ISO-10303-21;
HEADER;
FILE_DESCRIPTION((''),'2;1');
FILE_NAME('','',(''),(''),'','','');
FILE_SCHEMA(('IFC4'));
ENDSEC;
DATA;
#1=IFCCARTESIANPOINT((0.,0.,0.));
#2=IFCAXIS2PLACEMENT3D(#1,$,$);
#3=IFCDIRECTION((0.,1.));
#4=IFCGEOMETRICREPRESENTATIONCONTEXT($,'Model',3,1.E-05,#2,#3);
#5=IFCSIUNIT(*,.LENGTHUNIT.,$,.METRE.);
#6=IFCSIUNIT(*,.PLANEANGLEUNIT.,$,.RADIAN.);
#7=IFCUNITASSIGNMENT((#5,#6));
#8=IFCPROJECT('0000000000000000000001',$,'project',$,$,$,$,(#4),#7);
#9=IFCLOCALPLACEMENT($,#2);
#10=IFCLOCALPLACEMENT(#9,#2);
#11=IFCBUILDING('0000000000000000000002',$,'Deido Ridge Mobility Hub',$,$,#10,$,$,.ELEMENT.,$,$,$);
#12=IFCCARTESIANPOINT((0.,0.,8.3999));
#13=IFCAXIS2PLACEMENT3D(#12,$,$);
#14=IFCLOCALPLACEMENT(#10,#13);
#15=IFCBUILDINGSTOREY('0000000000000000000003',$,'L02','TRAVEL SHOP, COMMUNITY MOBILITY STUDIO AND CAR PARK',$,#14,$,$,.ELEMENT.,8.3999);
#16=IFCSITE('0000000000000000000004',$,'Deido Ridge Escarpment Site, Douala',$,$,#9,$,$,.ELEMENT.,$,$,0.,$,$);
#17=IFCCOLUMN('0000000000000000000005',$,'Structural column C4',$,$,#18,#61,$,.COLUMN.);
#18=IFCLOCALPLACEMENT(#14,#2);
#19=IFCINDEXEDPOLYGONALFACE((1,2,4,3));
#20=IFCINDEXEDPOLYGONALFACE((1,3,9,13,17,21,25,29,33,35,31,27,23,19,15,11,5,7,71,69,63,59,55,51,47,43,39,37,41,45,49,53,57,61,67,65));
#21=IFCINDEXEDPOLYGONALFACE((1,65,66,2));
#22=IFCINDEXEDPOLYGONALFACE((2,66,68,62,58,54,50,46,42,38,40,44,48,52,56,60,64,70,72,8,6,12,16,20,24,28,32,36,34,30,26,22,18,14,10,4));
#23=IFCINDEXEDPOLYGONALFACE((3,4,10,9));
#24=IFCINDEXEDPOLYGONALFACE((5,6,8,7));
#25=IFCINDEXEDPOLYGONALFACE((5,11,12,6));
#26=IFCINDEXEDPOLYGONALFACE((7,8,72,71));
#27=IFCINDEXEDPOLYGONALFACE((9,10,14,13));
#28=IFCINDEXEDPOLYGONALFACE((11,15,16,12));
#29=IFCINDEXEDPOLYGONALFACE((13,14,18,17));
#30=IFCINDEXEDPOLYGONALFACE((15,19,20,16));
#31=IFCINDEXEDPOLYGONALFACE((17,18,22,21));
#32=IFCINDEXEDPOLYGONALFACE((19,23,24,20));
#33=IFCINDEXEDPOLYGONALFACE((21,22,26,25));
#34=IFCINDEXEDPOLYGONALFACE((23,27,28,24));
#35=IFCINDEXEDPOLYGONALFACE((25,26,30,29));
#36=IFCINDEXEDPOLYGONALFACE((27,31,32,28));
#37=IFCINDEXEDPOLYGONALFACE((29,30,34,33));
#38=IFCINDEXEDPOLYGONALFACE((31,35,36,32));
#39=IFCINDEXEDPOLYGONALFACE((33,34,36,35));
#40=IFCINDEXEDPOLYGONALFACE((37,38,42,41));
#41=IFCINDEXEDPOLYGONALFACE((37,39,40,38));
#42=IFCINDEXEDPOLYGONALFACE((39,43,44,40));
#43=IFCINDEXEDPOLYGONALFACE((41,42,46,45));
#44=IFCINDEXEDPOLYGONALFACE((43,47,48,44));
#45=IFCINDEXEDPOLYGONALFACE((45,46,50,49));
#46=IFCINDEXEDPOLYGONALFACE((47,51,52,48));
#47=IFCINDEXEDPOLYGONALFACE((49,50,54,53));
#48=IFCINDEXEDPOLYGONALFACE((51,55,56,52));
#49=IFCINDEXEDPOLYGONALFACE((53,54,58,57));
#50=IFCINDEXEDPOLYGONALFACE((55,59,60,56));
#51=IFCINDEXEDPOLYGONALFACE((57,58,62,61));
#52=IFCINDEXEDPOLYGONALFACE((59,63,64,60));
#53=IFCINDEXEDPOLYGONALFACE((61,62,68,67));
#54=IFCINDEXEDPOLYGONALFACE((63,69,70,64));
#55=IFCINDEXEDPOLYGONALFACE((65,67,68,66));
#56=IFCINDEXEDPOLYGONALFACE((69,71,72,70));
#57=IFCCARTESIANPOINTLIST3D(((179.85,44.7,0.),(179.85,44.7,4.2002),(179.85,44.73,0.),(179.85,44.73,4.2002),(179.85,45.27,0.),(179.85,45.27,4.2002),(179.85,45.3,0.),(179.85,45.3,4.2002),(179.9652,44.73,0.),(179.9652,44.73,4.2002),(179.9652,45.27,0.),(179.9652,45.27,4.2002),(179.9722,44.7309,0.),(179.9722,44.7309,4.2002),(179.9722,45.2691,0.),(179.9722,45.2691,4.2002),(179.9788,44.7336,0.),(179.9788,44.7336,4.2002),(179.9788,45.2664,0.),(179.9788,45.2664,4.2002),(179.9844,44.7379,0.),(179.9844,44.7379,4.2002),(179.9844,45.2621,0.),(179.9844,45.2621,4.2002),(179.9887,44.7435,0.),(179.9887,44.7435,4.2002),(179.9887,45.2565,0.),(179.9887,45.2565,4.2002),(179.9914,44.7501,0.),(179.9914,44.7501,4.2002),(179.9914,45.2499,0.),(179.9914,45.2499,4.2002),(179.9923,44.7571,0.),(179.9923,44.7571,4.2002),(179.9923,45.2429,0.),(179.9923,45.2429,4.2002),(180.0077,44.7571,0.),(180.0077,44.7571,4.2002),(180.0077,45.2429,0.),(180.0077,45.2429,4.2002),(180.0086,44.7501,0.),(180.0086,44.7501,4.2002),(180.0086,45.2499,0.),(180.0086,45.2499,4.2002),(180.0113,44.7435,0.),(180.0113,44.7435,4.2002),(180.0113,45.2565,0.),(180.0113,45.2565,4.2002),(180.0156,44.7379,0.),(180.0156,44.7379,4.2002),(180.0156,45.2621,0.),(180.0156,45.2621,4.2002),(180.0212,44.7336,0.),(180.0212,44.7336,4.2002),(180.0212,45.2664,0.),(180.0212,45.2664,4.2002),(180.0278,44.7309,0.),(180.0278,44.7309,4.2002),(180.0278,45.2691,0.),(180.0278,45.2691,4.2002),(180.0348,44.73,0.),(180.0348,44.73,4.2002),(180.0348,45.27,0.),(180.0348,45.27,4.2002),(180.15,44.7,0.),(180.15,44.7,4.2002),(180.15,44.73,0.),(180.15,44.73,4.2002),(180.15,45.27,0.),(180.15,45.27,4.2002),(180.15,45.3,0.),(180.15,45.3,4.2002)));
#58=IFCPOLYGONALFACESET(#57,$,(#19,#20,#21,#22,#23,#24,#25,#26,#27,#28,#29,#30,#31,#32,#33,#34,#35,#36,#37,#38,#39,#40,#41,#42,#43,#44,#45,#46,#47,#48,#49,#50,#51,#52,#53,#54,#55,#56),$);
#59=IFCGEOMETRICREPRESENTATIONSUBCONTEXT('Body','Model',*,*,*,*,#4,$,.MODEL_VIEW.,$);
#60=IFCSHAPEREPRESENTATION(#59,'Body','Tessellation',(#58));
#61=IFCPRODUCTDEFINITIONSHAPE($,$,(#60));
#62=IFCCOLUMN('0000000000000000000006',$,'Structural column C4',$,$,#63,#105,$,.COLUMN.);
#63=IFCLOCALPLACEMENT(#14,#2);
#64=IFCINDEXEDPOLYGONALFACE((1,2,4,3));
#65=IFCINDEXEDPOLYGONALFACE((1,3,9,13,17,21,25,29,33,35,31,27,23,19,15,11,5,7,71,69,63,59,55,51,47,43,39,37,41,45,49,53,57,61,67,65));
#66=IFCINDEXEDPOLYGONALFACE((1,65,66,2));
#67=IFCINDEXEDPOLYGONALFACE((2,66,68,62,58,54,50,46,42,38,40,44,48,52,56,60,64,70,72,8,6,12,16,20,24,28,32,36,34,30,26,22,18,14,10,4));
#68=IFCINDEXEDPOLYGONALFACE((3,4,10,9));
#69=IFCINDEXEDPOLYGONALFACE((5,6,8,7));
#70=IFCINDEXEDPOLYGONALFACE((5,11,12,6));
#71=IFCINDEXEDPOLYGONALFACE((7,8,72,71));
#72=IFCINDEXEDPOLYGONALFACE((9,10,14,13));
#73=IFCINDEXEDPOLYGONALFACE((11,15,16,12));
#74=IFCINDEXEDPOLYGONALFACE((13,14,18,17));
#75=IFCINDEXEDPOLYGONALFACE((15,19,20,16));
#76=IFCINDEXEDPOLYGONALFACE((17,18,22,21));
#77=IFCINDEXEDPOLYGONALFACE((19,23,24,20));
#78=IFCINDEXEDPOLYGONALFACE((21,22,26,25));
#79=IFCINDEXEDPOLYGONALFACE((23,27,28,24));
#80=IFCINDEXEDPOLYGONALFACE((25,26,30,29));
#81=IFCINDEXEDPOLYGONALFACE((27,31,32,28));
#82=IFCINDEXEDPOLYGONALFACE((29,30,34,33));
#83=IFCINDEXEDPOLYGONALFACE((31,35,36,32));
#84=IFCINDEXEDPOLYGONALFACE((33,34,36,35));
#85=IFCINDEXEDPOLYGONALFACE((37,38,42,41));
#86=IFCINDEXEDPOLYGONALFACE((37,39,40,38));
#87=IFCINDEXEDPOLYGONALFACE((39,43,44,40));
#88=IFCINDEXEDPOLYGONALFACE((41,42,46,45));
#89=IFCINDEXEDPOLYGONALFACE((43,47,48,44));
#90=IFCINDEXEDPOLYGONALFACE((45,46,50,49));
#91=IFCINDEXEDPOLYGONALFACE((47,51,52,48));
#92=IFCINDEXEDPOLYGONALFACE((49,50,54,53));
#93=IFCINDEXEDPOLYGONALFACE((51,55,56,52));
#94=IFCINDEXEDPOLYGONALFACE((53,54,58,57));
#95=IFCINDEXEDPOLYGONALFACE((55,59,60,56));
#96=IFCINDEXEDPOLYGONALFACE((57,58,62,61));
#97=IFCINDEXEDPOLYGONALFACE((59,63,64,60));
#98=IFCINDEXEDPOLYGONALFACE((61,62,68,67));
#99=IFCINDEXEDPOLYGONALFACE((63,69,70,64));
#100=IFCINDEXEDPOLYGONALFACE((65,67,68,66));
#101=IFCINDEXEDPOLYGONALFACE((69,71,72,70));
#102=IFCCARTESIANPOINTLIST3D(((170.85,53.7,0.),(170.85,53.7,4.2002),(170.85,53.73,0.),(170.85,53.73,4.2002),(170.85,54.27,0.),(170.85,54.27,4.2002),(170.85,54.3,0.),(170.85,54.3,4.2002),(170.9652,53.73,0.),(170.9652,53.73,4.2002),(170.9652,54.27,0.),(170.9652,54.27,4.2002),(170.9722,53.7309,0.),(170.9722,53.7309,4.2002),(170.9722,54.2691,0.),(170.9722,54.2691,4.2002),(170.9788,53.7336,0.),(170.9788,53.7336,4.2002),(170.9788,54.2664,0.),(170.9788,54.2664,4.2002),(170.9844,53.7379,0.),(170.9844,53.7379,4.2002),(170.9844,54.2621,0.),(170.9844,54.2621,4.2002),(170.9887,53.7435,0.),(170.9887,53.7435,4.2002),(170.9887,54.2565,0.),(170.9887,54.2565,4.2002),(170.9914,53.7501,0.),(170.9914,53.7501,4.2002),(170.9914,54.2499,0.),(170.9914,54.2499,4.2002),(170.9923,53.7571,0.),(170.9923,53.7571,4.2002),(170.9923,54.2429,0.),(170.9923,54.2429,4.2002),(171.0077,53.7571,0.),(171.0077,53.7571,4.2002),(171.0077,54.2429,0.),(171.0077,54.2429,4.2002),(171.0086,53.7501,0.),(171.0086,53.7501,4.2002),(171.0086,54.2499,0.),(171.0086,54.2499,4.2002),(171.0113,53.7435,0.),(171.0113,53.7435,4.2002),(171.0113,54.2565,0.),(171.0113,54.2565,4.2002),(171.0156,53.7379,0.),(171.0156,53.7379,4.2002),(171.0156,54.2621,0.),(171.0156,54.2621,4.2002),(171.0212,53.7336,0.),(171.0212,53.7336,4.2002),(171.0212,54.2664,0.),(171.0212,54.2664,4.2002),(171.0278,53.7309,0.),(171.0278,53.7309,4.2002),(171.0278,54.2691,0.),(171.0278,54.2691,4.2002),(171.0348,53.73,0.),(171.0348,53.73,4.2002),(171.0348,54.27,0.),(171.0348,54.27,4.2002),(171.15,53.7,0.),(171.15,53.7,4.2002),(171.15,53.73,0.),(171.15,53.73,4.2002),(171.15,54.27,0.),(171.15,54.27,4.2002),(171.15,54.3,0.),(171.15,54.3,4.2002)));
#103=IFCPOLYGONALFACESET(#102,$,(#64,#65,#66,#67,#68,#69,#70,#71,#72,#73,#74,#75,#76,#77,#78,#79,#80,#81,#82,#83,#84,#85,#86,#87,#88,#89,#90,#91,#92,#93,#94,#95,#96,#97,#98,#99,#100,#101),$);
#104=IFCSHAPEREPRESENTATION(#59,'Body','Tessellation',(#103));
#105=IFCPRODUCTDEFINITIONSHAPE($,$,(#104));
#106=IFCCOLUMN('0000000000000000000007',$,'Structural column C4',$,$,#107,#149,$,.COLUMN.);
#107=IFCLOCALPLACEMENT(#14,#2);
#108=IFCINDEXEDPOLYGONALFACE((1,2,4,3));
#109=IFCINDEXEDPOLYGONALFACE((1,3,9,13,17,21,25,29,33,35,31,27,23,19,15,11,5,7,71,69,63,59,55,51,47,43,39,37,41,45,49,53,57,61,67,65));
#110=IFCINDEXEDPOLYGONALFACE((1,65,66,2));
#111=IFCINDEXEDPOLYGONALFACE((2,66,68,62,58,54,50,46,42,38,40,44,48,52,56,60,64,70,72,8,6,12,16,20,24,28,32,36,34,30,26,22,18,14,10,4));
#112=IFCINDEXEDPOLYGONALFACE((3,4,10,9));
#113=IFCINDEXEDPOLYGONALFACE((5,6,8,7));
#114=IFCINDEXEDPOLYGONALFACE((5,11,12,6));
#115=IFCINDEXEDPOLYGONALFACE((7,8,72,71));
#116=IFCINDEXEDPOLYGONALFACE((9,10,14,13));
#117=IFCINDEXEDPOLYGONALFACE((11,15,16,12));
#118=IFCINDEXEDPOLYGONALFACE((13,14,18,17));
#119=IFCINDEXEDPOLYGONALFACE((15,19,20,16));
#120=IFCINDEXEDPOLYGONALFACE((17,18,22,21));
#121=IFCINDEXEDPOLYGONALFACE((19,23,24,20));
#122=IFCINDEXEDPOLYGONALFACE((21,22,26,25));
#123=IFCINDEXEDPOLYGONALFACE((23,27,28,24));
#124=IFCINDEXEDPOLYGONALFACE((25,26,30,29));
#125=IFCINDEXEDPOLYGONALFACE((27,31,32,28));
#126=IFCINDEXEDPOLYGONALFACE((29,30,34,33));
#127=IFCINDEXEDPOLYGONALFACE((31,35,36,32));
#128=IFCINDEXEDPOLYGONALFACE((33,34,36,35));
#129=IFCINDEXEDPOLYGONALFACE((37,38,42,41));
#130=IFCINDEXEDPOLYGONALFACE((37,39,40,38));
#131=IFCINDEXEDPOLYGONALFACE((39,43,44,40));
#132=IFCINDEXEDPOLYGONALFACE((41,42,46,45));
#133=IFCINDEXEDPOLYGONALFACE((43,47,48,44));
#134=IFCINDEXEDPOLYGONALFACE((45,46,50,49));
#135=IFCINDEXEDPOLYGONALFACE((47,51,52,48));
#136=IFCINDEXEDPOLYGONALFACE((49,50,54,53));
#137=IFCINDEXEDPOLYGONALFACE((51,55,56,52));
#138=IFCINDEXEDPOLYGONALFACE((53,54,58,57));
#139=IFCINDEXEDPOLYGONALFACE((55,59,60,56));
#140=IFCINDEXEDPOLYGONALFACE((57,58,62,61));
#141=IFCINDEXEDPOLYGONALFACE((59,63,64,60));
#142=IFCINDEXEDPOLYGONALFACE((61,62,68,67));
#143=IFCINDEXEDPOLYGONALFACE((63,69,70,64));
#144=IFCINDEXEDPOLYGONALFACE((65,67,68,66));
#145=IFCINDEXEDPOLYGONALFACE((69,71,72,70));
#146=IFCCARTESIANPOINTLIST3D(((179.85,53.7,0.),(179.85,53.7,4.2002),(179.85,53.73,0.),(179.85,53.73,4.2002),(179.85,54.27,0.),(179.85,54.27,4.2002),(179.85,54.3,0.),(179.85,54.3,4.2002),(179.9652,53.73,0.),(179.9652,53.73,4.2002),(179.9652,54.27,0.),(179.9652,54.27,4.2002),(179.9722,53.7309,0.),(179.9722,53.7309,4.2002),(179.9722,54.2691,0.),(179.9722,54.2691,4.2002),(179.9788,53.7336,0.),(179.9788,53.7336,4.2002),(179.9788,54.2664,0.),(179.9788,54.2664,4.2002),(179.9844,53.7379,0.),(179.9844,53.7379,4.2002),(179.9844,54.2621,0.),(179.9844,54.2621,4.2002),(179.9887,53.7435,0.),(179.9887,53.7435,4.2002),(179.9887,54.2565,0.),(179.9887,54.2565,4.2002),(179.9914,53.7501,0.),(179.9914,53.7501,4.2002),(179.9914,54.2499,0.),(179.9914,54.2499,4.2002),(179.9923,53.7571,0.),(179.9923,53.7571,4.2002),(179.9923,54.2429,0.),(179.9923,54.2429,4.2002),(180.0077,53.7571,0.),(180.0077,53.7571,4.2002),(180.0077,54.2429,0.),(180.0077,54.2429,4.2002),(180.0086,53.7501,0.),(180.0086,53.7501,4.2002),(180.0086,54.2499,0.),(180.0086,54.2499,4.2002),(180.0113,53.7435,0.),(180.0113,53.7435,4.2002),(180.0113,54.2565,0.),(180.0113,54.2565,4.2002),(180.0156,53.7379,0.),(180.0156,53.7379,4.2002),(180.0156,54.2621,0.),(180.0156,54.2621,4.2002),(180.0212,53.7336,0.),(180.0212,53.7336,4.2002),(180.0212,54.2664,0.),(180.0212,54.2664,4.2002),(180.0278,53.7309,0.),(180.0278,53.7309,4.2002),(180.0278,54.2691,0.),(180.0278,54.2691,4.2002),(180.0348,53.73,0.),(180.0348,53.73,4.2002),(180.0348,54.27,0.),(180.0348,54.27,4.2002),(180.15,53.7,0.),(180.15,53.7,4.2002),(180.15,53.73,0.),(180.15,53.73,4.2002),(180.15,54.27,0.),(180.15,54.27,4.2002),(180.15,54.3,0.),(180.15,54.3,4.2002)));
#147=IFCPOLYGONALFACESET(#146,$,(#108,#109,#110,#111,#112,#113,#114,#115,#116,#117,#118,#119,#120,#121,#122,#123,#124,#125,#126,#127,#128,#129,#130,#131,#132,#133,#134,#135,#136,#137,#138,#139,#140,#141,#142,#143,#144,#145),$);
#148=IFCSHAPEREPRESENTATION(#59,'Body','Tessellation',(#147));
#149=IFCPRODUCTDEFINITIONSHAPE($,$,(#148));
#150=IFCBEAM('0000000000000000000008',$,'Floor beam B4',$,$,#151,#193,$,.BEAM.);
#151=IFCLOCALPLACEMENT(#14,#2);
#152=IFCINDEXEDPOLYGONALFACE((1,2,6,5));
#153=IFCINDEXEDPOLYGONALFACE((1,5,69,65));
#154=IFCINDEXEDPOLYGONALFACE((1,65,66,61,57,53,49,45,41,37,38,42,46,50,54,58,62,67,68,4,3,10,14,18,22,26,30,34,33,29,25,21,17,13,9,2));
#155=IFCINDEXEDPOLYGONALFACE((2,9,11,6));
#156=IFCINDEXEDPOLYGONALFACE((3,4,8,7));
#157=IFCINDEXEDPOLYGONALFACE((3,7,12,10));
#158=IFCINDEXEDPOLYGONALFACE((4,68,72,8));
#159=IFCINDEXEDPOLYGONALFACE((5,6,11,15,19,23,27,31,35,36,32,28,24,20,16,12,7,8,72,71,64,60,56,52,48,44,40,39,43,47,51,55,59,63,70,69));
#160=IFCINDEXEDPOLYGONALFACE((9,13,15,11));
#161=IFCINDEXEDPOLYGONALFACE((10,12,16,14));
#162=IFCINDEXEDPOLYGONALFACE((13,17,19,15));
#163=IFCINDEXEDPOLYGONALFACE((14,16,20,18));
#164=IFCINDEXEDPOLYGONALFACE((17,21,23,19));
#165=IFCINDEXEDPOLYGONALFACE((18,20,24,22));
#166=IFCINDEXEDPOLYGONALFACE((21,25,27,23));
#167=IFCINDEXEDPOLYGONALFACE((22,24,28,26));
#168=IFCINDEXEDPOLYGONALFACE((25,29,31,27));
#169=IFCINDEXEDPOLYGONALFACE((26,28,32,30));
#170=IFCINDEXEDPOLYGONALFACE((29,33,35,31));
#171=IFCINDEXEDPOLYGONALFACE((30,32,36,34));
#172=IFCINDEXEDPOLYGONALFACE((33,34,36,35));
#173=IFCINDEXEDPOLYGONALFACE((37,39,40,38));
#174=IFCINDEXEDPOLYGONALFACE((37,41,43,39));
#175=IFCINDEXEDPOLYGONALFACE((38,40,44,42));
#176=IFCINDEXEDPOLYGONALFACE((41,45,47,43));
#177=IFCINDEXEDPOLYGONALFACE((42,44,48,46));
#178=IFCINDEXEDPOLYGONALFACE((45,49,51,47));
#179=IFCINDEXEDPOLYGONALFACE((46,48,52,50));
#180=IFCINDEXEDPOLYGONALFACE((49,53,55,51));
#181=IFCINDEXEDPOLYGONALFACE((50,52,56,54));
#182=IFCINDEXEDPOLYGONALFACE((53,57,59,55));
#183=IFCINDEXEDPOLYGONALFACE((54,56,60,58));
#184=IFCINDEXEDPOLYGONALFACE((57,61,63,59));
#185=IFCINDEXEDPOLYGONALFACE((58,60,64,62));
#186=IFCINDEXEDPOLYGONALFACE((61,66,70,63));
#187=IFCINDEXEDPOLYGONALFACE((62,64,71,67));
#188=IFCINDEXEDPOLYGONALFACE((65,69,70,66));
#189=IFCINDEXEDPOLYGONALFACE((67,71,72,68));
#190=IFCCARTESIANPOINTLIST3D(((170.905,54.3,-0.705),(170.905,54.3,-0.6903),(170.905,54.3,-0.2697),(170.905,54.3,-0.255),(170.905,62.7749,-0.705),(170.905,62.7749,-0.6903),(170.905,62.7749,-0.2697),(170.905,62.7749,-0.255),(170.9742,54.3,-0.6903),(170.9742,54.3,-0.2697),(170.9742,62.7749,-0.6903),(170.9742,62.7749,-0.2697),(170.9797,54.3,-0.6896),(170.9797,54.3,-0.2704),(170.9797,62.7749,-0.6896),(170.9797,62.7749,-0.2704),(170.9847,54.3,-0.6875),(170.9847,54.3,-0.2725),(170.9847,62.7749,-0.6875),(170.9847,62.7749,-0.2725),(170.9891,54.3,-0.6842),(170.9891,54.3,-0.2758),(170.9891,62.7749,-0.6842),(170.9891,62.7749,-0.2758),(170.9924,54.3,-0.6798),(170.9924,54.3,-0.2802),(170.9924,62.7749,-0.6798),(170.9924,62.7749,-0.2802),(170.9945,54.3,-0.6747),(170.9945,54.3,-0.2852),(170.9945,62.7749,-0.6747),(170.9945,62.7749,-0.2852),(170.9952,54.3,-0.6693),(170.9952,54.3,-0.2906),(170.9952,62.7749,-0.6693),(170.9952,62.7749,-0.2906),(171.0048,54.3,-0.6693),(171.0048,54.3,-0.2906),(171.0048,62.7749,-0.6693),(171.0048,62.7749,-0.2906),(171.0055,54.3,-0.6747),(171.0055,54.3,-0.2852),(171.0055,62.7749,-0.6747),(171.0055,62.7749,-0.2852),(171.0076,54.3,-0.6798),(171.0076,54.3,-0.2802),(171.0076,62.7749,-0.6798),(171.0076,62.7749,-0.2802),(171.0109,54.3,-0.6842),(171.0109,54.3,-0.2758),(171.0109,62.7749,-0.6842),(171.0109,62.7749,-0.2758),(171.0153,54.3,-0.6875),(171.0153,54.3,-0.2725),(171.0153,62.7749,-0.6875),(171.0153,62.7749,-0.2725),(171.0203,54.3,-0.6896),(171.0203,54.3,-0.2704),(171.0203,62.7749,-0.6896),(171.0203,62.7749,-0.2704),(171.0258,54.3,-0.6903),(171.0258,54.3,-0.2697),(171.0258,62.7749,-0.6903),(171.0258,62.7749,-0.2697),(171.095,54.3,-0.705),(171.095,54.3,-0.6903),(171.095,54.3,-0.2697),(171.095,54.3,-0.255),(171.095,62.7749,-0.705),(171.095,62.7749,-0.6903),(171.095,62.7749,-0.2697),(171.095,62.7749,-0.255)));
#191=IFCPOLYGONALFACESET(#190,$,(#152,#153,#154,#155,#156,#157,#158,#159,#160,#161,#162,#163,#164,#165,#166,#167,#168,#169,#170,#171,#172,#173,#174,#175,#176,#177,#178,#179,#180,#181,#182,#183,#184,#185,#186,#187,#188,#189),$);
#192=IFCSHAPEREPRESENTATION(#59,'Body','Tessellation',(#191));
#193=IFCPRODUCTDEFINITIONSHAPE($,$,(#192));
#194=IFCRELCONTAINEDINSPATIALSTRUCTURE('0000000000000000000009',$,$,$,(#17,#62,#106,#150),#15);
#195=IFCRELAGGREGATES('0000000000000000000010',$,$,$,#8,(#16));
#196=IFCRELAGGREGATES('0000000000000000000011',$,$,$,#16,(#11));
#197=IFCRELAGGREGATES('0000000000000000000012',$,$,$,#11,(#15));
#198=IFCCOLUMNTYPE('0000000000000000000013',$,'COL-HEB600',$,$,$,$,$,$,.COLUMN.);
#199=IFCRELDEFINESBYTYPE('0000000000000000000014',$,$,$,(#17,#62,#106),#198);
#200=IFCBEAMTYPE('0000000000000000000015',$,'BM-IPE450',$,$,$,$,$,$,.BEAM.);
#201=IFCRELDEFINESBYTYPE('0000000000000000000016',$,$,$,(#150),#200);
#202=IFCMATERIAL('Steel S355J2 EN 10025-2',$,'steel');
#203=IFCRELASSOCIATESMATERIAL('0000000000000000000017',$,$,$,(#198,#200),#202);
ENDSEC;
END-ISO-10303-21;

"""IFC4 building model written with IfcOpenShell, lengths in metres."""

from ifc_helpers import new_model, si_unit, direction, frame, origin, origin_2d, place, context, subcontext, project, spatial, i_section, extrude, material, material_profile, profile_set, type_object, element, save


model = new_model("IFC4")

# Units and contexts
model_context = context("Model", 3, precision=1e-05, world=origin(), true_north=direction((0.0, 1.0)))
body_context = subcontext(model_context, "Body", "Model", "MODEL_VIEW")
ifc_project = project(units=[si_unit("LENGTHUNIT", "METRE"), si_unit("PLANEANGLEUNIT", "RADIAN")], contexts=[model_context])

# Site, building, storey
site_placement = place(None, origin())
site = spatial("IfcSite", under=ifc_project, at=site_placement, Name="Deido Ridge Escarpment Site, Douala", CompositionType="ELEMENT", RefElevation=0.0)
building_placement = place(site_placement, origin())
building = spatial("IfcBuilding", under=site, at=building_placement, Name="Deido Ridge Mobility Hub", CompositionType="ELEMENT")
storey_placement = place(building_placement, frame((0.0, 0.0, 8.3999)))
storey = spatial("IfcBuildingStorey", under=building, at=storey_placement, Name="L02", Description="TRAVEL SHOP, COMMUNITY MOBILITY STUDIO AND CAR PARK", CompositionType="ELEMENT", Elevation=8.3999)

# Columns
ifc_material_1 = material(Name="Steel S355J2 EN 10025-2", Category="steel")
ifc_material_profile_1 = material_profile(ifc_material_1, i_section(OverallWidth=0.3, OverallDepth=0.6001, WebThickness=0.0154, FlangeThickness=0.03, FilletRadius=0.0271, at=origin_2d()), Name="HEB 600")
ifc_profile_set_1 = profile_set([ifc_material_profile_1], Name="Steel S355J2 EN 10025-2")
column_type = type_object("IfcColumnType", Name="COL-HEB600", PredefinedType="COLUMN", material=ifc_profile_set_1)
for number, where, z_axis, x_axis, name in (
    (1, (180.0, 45.0, 0.0), (0.0, 0.0, 1.0), (1.0, 0.0, 0.0), "Structural column C4"),
    (2, (171.0, 54.0, 0.0), (0.0, 0.0, 1.0), (1.0, 0.0, 0.0), "Structural column C4"),
    (3, (180.0, 54.0, 0.0), (0.0, 0.0, 1.0), (1.0, 0.0, 0.0), "Structural column C4"),
):
    element("IfcColumn", number, at=place(storey_placement, frame(where, z_axis=z_axis, x_axis=x_axis)), inside=storey, type_object=column_type, Name=name, PredefinedType="COLUMN", context=body_context, shape_type="SweptSolid", body=[
        extrude(i_section(OverallWidth=0.3, OverallDepth=0.6001, WebThickness=0.0154, FlangeThickness=0.03, FilletRadius=0.0271, at=origin_2d()), origin(), (0.0, 0.0, 1.0), 4.2002),
    ])

# Beam
ifc_material_profile_2 = material_profile(ifc_material_1, i_section(OverallWidth=0.1899, OverallDepth=0.45, WebThickness=0.0095, FlangeThickness=0.0146, FilletRadius=0.021, at=origin_2d()), Name="IPE 450")
ifc_profile_set_2 = profile_set([ifc_material_profile_2], Name="Steel S355J2 EN 10025-2")
beam_type_1 = type_object("IfcBeamType", Name="BM-IPE450", PredefinedType="BEAM", material=ifc_profile_set_2)
beam_1_placement = place(storey_placement, frame((171.0, 54.3, -0.48), z_axis=(0.0, 1.0, 0.0), x_axis=(-1.0, 0.0, 0.0)))
element("IfcBeam", 4, at=beam_1_placement, inside=storey, type_object=beam_type_1, Name="Floor beam B4", PredefinedType="BEAM", context=body_context, shape_type="SweptSolid", body=[
    extrude(i_section(OverallWidth=0.1899, OverallDepth=0.45, WebThickness=0.0095, FlangeThickness=0.0146, FilletRadius=0.021, at=origin_2d()), origin(), (0.0, 0.0, 1.0), 8.4749),
])

save(model, "model.ifc")
